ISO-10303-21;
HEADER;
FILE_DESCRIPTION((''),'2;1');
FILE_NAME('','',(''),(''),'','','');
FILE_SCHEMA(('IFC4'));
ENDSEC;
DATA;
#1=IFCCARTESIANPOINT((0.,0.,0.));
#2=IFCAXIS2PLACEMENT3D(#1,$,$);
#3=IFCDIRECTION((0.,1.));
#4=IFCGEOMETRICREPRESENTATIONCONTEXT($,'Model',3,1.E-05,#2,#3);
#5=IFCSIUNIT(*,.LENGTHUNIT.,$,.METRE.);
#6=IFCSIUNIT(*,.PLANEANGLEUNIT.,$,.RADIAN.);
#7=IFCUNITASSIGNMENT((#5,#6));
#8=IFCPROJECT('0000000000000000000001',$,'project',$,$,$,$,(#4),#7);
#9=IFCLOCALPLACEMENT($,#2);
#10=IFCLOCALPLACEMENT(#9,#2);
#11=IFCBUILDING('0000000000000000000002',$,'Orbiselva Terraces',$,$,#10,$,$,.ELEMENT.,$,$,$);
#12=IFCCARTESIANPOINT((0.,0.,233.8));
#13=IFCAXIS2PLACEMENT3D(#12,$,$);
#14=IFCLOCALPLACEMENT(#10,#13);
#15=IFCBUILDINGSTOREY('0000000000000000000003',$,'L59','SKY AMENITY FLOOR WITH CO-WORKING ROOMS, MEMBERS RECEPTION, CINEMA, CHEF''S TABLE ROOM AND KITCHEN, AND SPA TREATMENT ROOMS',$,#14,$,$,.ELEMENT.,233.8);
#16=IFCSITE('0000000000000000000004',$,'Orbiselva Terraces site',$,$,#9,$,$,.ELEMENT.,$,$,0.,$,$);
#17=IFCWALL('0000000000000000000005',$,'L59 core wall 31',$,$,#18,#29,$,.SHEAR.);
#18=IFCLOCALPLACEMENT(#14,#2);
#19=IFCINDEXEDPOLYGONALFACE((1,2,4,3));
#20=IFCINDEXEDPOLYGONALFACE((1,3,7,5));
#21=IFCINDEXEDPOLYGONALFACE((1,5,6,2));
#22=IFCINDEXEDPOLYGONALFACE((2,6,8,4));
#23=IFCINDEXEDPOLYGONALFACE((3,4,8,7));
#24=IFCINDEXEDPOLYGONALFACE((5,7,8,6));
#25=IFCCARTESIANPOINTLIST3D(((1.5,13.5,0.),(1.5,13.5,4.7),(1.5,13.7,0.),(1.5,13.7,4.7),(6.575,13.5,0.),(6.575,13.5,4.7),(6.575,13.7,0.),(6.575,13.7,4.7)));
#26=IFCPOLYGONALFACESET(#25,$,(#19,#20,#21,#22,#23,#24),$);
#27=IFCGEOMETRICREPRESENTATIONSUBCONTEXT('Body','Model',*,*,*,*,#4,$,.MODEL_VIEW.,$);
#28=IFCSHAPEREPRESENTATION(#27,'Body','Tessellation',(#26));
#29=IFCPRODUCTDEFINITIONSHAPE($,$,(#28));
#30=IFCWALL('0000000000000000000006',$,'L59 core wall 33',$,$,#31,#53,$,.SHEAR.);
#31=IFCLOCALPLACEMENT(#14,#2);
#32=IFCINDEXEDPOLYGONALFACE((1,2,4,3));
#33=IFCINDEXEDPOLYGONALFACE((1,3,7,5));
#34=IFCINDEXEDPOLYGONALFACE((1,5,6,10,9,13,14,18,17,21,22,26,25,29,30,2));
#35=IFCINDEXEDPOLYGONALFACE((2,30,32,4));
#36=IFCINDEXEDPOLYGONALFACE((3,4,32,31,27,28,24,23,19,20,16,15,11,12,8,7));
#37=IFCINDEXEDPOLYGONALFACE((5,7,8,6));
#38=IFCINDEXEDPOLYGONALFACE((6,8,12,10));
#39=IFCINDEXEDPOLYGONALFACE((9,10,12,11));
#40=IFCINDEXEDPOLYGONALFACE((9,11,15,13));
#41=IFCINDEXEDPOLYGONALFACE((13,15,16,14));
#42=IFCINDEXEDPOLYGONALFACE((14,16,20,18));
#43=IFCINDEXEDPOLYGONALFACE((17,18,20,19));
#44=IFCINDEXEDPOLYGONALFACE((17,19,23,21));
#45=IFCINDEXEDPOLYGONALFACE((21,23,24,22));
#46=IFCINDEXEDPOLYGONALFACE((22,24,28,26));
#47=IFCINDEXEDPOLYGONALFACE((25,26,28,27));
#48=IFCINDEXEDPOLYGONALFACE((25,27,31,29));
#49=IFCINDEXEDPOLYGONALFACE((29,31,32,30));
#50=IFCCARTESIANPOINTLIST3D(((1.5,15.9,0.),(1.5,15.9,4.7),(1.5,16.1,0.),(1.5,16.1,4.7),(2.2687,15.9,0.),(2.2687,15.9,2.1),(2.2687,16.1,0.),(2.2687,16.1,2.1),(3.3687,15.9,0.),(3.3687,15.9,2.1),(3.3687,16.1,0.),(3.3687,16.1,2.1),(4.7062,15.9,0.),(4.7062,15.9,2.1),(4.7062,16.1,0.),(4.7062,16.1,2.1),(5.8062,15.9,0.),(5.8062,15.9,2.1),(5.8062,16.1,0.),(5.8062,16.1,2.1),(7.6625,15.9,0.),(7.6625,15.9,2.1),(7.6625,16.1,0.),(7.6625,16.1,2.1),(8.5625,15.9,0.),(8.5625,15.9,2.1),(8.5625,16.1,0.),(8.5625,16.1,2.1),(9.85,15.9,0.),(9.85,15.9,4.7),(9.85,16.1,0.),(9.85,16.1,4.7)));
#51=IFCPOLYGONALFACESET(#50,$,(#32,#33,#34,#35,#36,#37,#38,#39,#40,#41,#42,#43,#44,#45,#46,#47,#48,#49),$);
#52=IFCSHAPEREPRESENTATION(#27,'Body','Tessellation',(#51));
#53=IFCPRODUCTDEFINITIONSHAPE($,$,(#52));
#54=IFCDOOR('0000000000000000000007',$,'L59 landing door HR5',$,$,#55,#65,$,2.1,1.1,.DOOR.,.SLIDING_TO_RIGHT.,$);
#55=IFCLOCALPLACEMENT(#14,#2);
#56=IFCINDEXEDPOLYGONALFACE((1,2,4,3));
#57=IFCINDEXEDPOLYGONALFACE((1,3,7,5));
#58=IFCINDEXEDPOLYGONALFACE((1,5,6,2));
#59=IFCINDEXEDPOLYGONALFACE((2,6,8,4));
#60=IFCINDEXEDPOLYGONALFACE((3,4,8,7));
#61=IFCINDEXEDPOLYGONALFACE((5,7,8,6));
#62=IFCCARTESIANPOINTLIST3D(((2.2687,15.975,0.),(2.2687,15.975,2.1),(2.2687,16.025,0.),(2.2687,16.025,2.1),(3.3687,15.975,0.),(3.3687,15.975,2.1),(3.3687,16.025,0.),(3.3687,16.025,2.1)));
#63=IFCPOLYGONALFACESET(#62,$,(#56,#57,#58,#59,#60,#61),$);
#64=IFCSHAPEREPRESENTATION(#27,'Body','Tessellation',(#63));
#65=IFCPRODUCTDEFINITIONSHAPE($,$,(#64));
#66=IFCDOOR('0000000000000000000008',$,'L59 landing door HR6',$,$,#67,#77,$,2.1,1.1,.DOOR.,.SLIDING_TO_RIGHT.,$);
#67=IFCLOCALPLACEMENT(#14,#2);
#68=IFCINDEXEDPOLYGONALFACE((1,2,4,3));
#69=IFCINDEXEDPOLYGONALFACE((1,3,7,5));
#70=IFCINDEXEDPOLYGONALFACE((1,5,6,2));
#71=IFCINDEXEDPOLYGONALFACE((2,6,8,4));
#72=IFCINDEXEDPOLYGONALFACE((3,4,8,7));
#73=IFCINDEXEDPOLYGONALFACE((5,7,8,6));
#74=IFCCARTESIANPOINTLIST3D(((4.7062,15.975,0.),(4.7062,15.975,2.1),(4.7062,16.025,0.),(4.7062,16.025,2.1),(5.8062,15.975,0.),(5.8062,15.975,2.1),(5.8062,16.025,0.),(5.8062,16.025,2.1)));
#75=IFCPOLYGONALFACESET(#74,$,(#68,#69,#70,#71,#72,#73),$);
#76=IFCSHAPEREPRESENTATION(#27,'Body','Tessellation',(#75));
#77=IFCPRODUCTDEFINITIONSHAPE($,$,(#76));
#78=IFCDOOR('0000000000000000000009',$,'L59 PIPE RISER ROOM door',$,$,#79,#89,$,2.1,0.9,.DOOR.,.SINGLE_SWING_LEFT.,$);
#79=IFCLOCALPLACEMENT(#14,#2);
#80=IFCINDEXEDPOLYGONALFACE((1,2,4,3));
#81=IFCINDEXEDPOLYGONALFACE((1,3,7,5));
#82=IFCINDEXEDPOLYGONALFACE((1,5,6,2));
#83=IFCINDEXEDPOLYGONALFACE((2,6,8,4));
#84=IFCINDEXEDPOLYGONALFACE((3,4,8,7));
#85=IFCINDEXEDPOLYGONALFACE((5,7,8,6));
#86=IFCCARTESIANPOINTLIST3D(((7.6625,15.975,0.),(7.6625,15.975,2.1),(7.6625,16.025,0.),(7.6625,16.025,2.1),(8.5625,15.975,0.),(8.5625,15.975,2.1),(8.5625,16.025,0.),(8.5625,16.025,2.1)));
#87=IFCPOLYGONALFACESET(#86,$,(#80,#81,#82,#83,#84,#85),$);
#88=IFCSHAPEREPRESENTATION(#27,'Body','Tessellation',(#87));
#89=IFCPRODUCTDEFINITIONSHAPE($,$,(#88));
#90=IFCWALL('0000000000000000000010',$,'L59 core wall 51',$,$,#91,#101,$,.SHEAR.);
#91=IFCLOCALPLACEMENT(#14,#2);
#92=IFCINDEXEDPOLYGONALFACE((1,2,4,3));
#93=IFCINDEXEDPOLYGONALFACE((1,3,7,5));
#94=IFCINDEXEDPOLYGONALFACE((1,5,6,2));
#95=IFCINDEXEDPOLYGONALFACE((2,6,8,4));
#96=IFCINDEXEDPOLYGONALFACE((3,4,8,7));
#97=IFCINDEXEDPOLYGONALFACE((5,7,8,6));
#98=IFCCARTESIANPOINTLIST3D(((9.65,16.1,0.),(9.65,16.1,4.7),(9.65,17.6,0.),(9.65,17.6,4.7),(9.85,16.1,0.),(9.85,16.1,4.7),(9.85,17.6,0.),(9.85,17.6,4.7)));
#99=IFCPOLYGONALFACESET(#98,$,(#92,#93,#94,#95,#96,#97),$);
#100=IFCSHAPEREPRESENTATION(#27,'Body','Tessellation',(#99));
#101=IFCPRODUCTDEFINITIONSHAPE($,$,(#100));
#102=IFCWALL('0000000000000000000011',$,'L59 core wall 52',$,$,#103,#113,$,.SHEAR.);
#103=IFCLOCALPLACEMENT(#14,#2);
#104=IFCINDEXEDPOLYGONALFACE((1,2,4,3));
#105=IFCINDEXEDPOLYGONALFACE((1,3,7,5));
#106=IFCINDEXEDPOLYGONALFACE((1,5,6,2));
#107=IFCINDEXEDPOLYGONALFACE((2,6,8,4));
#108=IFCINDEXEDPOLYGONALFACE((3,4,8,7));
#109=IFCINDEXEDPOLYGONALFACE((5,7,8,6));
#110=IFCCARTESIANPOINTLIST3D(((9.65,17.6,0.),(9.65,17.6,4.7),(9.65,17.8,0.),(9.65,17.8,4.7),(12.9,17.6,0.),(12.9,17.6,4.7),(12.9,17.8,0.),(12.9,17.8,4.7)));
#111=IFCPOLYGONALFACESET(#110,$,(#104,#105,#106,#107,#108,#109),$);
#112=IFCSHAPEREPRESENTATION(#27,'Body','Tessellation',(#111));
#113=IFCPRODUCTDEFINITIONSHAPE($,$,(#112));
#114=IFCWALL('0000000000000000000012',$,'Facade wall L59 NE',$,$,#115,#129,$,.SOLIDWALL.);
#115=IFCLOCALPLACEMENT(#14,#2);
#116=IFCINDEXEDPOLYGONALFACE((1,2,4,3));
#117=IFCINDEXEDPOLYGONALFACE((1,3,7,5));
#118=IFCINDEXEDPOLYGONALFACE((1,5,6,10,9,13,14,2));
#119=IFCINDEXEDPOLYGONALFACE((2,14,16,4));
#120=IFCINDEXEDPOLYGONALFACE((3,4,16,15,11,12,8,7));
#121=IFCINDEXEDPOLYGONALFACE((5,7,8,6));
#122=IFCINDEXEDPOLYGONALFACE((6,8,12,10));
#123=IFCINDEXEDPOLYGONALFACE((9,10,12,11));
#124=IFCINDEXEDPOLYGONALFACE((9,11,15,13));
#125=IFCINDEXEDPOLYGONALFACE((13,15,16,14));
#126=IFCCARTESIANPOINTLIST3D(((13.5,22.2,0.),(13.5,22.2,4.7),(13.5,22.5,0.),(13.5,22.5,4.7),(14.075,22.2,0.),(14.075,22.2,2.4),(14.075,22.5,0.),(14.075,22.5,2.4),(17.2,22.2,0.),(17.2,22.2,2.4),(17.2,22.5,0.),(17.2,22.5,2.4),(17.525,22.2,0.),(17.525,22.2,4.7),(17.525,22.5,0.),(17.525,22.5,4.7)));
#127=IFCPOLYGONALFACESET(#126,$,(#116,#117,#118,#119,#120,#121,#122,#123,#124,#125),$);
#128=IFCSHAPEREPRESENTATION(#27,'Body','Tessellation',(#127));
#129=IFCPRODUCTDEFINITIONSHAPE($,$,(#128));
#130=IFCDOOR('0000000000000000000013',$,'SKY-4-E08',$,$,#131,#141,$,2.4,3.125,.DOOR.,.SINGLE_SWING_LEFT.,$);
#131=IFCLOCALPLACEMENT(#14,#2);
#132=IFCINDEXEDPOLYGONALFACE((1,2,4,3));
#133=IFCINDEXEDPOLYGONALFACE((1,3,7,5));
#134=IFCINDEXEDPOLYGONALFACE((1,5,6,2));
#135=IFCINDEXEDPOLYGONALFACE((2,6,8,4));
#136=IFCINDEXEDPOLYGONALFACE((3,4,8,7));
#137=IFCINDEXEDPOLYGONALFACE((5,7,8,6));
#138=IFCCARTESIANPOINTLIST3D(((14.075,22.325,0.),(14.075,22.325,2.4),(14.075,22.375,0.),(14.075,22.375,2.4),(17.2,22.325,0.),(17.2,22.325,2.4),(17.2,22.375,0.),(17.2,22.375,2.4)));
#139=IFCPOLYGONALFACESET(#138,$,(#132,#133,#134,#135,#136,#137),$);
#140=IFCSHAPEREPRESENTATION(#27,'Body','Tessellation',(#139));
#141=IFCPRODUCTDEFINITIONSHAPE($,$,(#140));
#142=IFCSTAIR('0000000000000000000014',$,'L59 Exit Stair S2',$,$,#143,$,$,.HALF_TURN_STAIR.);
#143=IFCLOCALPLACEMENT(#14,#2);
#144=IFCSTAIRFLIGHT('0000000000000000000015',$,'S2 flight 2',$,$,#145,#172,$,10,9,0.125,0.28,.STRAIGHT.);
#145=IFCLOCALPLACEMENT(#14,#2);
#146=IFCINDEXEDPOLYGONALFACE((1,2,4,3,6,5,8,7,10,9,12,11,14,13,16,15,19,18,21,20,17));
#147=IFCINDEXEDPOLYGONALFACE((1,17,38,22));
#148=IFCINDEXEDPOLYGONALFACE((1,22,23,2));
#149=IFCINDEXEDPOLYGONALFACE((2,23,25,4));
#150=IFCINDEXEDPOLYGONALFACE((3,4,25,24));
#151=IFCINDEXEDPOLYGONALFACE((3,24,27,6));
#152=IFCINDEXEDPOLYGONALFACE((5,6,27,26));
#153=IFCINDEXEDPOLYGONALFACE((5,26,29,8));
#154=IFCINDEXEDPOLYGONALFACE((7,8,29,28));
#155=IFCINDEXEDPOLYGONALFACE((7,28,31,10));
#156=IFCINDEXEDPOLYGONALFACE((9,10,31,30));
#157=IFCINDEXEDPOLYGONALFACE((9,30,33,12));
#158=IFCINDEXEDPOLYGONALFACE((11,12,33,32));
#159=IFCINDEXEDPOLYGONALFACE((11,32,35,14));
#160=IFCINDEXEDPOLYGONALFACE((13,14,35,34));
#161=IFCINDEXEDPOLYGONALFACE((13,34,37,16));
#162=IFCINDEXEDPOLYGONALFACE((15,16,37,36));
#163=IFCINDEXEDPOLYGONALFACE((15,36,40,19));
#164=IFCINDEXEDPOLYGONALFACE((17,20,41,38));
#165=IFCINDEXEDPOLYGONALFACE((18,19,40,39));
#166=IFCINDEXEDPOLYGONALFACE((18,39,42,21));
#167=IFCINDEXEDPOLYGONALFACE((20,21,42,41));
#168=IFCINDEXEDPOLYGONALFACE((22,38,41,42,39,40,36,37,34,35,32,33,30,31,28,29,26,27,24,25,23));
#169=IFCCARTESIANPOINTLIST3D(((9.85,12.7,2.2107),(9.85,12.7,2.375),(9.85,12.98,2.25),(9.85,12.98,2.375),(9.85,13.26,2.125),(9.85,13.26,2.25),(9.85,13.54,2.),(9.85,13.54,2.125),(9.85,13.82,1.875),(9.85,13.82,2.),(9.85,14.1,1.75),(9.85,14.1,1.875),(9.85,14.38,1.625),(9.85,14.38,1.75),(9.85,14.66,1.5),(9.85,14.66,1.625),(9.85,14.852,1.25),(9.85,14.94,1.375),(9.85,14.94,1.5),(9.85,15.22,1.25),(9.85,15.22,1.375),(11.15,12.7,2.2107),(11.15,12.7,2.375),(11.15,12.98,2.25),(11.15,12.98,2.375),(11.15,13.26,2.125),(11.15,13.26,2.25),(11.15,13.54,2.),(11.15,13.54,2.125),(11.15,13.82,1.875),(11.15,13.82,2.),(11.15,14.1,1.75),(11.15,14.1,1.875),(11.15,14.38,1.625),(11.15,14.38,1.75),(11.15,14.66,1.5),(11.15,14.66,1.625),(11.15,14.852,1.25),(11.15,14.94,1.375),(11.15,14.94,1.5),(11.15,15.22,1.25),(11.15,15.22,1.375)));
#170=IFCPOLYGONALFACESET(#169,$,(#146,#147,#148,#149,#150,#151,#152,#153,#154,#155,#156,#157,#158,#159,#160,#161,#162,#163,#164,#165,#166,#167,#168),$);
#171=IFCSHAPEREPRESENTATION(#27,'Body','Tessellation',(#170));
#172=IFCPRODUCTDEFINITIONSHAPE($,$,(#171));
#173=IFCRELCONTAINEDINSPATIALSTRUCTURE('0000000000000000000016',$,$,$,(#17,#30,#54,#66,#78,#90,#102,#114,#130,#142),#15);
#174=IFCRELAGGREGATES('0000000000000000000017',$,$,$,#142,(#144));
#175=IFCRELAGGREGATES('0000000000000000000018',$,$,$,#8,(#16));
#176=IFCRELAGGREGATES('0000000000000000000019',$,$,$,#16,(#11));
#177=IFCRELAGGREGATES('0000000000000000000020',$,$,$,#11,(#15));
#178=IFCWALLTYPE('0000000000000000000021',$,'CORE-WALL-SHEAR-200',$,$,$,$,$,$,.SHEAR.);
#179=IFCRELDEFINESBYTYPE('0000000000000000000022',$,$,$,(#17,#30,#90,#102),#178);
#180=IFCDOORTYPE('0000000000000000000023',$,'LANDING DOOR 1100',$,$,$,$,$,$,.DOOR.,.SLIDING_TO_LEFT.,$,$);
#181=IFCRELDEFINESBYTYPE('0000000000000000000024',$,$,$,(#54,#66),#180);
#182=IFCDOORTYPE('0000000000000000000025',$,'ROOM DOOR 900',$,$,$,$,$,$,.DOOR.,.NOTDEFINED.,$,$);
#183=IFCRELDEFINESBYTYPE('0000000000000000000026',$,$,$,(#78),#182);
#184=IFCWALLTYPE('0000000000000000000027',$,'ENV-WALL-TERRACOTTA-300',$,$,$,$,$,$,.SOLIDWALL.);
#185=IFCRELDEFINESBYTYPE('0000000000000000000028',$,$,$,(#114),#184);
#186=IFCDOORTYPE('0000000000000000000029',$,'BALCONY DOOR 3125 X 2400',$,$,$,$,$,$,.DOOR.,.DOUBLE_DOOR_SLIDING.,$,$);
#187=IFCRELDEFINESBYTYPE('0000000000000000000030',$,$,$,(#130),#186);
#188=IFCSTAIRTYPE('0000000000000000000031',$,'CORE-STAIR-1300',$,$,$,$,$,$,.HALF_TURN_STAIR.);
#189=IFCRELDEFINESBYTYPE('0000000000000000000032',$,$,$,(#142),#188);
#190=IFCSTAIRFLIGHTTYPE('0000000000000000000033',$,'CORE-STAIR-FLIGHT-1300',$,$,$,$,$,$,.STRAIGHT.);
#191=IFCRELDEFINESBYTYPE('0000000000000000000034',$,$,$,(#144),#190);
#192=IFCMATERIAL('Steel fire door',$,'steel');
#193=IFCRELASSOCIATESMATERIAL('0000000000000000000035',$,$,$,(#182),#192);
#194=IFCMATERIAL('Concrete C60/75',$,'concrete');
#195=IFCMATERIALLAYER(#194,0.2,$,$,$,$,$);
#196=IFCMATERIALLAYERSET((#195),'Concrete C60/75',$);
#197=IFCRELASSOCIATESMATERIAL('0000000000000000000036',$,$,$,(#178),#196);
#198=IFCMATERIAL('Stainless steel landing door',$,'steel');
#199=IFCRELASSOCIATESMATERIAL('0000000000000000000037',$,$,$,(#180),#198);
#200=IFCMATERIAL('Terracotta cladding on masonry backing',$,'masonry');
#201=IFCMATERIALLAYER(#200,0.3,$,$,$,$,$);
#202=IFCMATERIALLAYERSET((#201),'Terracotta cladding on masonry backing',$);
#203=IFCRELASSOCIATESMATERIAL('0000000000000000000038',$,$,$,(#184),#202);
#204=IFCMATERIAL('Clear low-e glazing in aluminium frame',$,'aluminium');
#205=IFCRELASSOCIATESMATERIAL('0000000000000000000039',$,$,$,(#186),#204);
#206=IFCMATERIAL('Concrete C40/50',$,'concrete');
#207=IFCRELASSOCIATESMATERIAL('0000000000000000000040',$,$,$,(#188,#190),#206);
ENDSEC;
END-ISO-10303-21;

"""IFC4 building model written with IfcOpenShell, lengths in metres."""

from ifc_helpers import new_model, si_unit, direction, frame, frame_2d, origin, place, context, subcontext, project, spatial, polyline, rectangle, outline, extrude, material, layer, layer_set, type_object, element, fill, aggregate, save


model = new_model("IFC4")

# Units and contexts
model_context = context("Model", 3, precision=1e-05, world=origin(), true_north=direction((0.0, 1.0)))
body_context = subcontext(model_context, "Body", "Model", "MODEL_VIEW")
ifc_project = project(units=[si_unit("LENGTHUNIT", "METRE"), si_unit("PLANEANGLEUNIT", "RADIAN")], contexts=[model_context])

# Site, building, storey
site_placement = place(None, origin())
site = spatial("IfcSite", under=ifc_project, at=site_placement, Name="Orbiselva Terraces site", CompositionType="ELEMENT", RefElevation=0.0)
building_placement = place(site_placement, origin())
building = spatial("IfcBuilding", under=site, at=building_placement, Name="Orbiselva Terraces", CompositionType="ELEMENT")
storey_placement = place(building_placement, frame((0.0, 0.0, 233.8)))
storey = spatial("IfcBuildingStorey", under=building, at=storey_placement, Name="L59", Description="SKY AMENITY FLOOR WITH CO-WORKING ROOMS, MEMBERS RECEPTION, CINEMA, CHEF'S TABLE ROOM AND KITCHEN, AND SPA TREATMENT ROOMS", CompositionType="ELEMENT", Elevation=233.8)

# Shared definitions
ifc_material_1 = material(Name="Steel fire door", Category="steel")
door_type_1 = type_object("IfcDoorType", Name="ROOM DOOR 900", OperationType="NOTDEFINED", PredefinedType="DOOR", material=ifc_material_1)

# Shared definitions
ifc_material_2 = material(Name="Concrete C40/50", Category="concrete")

# Shared definitions
ifc_material_3 = material(Name="Concrete C60/75", Category="concrete")
ifc_layer_1 = layer(ifc_material_3, 0.2)
ifc_layer_set_1 = layer_set([ifc_layer_1], Name="Concrete C60/75")
wall_type_1 = type_object("IfcWallType", Name="CORE-WALL-SHEAR-200", PredefinedType="SHEAR", material=ifc_layer_set_1)

# Wall
wall_1_placement = place(storey_placement, frame((1.5, 13.6, 0.0), z_axis=(0.0, 0.0, 1.0), x_axis=(1.0, 0.0, 0.0)))
element("IfcWall", 1, at=wall_1_placement, inside=storey, type_object=wall_type_1, Name="L59 core wall 31", PredefinedType="SHEAR", context=body_context, shape_type="SweptSolid", body=[
    extrude(rectangle(XDim=5.075, YDim=0.2, at=frame_2d((2.5375, 0.0))), origin(), (0.0, 0.0, 1.0), 4.7),
])

# Wall, openings, doors
wall_2_placement = place(storey_placement, frame((9.85, 16.0, 0.0), z_axis=(0.0, 0.0, 1.0), x_axis=(-1.0, 0.0, 0.0)))
wall_2 = element("IfcWall", 2, at=wall_2_placement, inside=storey, type_object=wall_type_1, Name="L59 core wall 33", PredefinedType="SHEAR", context=body_context, shape_type="SweptSolid", body=[
    extrude(rectangle(XDim=8.35, YDim=0.2, at=frame_2d((4.175, 0.0))), origin(), (0.0, 0.0, 1.0), 4.7),
])
opening_1_placement = place(wall_2_placement, frame((6.4813, 0.0, 0.0)))
opening_1 = element("IfcOpeningElement", 3, at=opening_1_placement, cuts=wall_2, PredefinedType="OPENING", context=body_context, shape_type="SweptSolid", body=[
    extrude(rectangle(XDim=1.1, YDim=2.1, at=frame_2d((0.55, 1.05))), frame((0.0, 0.11, 0.0), z_axis=(0.0, -1.0, 0.0), x_axis=(1.0, 0.0, 0.0)), (0.0, 0.0, 1.0), 0.22),
])
opening_2_placement = place(wall_2_placement, frame((4.0438, 0.0, 0.0)))
opening_2 = element("IfcOpeningElement", 4, at=opening_2_placement, cuts=wall_2, PredefinedType="OPENING", context=body_context, shape_type="SweptSolid", body=[
    extrude(rectangle(XDim=1.1, YDim=2.1, at=frame_2d((0.55, 1.05))), frame((0.0, 0.11, 0.0), z_axis=(0.0, -1.0, 0.0), x_axis=(1.0, 0.0, 0.0)), (0.0, 0.0, 1.0), 0.22),
])
opening_3_placement = place(wall_2_placement, frame((1.2875, 0.0, 0.0)))
opening_3 = element("IfcOpeningElement", 5, at=opening_3_placement, cuts=wall_2, PredefinedType="OPENING", context=body_context, shape_type="SweptSolid", body=[
    extrude(rectangle(XDim=0.9, YDim=2.1, at=frame_2d((0.45, 1.05))), frame((0.0, 0.11, 0.0), z_axis=(0.0, -1.0, 0.0), x_axis=(1.0, 0.0, 0.0)), (0.0, 0.0, 1.0), 0.22),
])
ifc_material_4 = material(Name="Stainless steel landing door", Category="steel")
door_type_2 = type_object("IfcDoorType", Name="LANDING DOOR 1100", OperationType="SLIDING_TO_LEFT", PredefinedType="DOOR", material=ifc_material_4)
door_1_placement = place(opening_1_placement, origin())
door_1 = element("IfcDoor", 6, at=door_1_placement, inside=storey, type_object=door_type_2, Name="L59 landing door HR5", OperationType="SLIDING_TO_RIGHT", OverallHeight=2.1, OverallWidth=1.1, PredefinedType="DOOR", context=body_context, shape_type="SweptSolid", body=[
    extrude(rectangle(XDim=1.1, YDim=2.1, at=frame_2d((0.55, 1.05))), frame((0.0, 0.025, 0.0), z_axis=(0.0, -1.0, 0.0), x_axis=(1.0, 0.0, 0.0)), (0.0, 0.0, 1.0), 0.05),
])
fill(opening_1, door_1)
door_2_placement = place(opening_2_placement, origin())
door_2 = element("IfcDoor", 7, at=door_2_placement, inside=storey, type_object=door_type_2, Name="L59 landing door HR6", OperationType="SLIDING_TO_RIGHT", OverallHeight=2.1, OverallWidth=1.1, PredefinedType="DOOR", context=body_context, shape_type="SweptSolid", body=[
    extrude(rectangle(XDim=1.1, YDim=2.1, at=frame_2d((0.55, 1.05))), frame((0.0, 0.025, 0.0), z_axis=(0.0, -1.0, 0.0), x_axis=(1.0, 0.0, 0.0)), (0.0, 0.0, 1.0), 0.05),
])
fill(opening_2, door_2)
door_3_placement = place(opening_3_placement, origin())
door_3 = element("IfcDoor", 8, at=door_3_placement, inside=storey, type_object=door_type_1, Name="L59 PIPE RISER ROOM door", OperationType="SINGLE_SWING_LEFT", OverallHeight=2.1, OverallWidth=0.9, PredefinedType="DOOR", context=body_context, shape_type="SweptSolid", body=[
    extrude(rectangle(XDim=0.9, YDim=2.1, at=frame_2d((0.45, 1.05))), frame((0.0, 0.025, 0.0), z_axis=(0.0, -1.0, 0.0), x_axis=(1.0, 0.0, 0.0)), (0.0, 0.0, 1.0), 0.05),
])
fill(opening_3, door_3)

# Walls
wall_3_placement = place(storey_placement, frame((9.75, 16.1, 0.0), z_axis=(0.0, 0.0, 1.0), x_axis=(0.0, 1.0, 0.0)))
element("IfcWall", 9, at=wall_3_placement, inside=storey, type_object=wall_type_1, Name="L59 core wall 51", PredefinedType="SHEAR", context=body_context, shape_type="SweptSolid", body=[
    extrude(rectangle(XDim=1.5, YDim=0.2, at=frame_2d((0.75, 0.0))), origin(), (0.0, 0.0, 1.0), 4.7),
])
wall_4_placement = place(storey_placement, frame((9.65, 17.7, 0.0), z_axis=(0.0, 0.0, 1.0), x_axis=(1.0, 0.0, 0.0)))
element("IfcWall", 10, at=wall_4_placement, inside=storey, type_object=wall_type_1, Name="L59 core wall 52", PredefinedType="SHEAR", context=body_context, shape_type="SweptSolid", body=[
    extrude(rectangle(XDim=3.25, YDim=0.2, at=frame_2d((1.625, 0.0))), origin(), (0.0, 0.0, 1.0), 4.7),
])

# Wall, opening, door
ifc_material_5 = material(Name="Terracotta cladding on masonry backing", Category="masonry")
ifc_layer_2 = layer(ifc_material_5, 0.3)
ifc_layer_set_2 = layer_set([ifc_layer_2], Name="Terracotta cladding on masonry backing")
wall_type_2 = type_object("IfcWallType", Name="ENV-WALL-TERRACOTTA-300", PredefinedType="SOLIDWALL", material=ifc_layer_set_2)
wall_5_placement = place(storey_placement, frame((13.5, 22.35, 0.0), z_axis=(0.0, 0.0, 1.0), x_axis=(1.0, 0.0, 0.0)))
wall_5 = element("IfcWall", 11, at=wall_5_placement, inside=storey, type_object=wall_type_2, Name="Facade wall L59 NE", PredefinedType="SOLIDWALL", context=body_context, shape_type="SweptSolid", body=[
    extrude(rectangle(XDim=4.025, YDim=0.3, at=frame_2d((2.0125, 0.0))), origin(), (0.0, 0.0, 1.0), 4.7),
])
opening_4_placement = place(wall_5_placement, frame((0.575, 0.0, 0.0)))
opening_4 = element("IfcOpeningElement", 12, at=opening_4_placement, cuts=wall_5, PredefinedType="OPENING", context=body_context, shape_type="SweptSolid", body=[
    extrude(rectangle(XDim=3.125, YDim=2.4, at=frame_2d((1.5625, 1.2))), frame((0.0, 0.16, 0.0), z_axis=(0.0, -1.0, 0.0), x_axis=(1.0, 0.0, 0.0)), (0.0, 0.0, 1.0), 0.32),
])
ifc_material_6 = material(Name="Clear low-e glazing in aluminium frame", Category="aluminium")
door_type_3 = type_object("IfcDoorType", Name="BALCONY DOOR 3125 X 2400", OperationType="DOUBLE_DOOR_SLIDING", PredefinedType="DOOR", material=ifc_material_6)
door_4_placement = place(opening_4_placement, origin())
door_4 = element("IfcDoor", 13, at=door_4_placement, inside=storey, type_object=door_type_3, Name="SKY-4-E08", OperationType="SINGLE_SWING_LEFT", OverallHeight=2.4, OverallWidth=3.125, PredefinedType="DOOR", context=body_context, shape_type="SweptSolid", body=[
    extrude(rectangle(XDim=3.125, YDim=2.4, at=frame_2d((1.5625, 1.2))), frame((0.0, 0.025, 0.0), z_axis=(0.0, -1.0, 0.0), x_axis=(1.0, 0.0, 0.0)), (0.0, 0.0, 1.0), 0.05),
])
fill(opening_4, door_4)

# Stair, stair flight
stair_type = type_object("IfcStairType", Name="CORE-STAIR-1300", PredefinedType="HALF_TURN_STAIR", material=ifc_material_2)
stair_placement = place(storey_placement, origin())
stair = element("IfcStair", 14, at=stair_placement, inside=storey, type_object=stair_type, Name="L59 Exit Stair S2", PredefinedType="HALF_TURN_STAIR")
stair_flight_type = type_object("IfcStairFlightType", Name="CORE-STAIR-FLIGHT-1300", PredefinedType="STRAIGHT", material=ifc_material_2)
stair_flight_1_placement = place(storey_placement, frame((10.5, 15.22, 1.25), z_axis=(0.0, 0.0, 1.0), x_axis=(0.0, -1.0, 0.0)))
stair_flight_1 = element("IfcStairFlight", 15, at=stair_flight_1_placement, type_object=stair_flight_type, Name="S2 flight 2", NumberOfRisers=10, NumberOfTreads=9, PredefinedType="STRAIGHT", RiserHeight=0.125, TreadLength=0.28, context=body_context, shape_type="SweptSolid", body=[
    extrude(outline(polyline([(0.0, 0.0), (0.0, 0.125), (0.28, 0.125), (0.28, 0.25), (0.56, 0.25), (0.56, 0.375), (0.84, 0.375), (0.84, 0.5), (1.12, 0.5), (1.12, 0.625), (1.4, 0.625), (1.4, 0.75), (1.68, 0.75), (1.68, 0.875), (1.96, 0.875), (1.96, 1.0), (2.24, 1.0), (2.24, 1.125), (2.52, 1.125), (2.52, 1.25), (2.52, 0.9607), (0.368, 0.0), (0.0, 0.0)])), frame((0.0, 0.65, 0.0), z_axis=(0.0, -1.0, 0.0), x_axis=(1.0, 0.0, 0.0)), (0.0, 0.0, 1.0), 1.3),
])
aggregate(stair, [stair_flight_1])

save(model, "model.ifc")
